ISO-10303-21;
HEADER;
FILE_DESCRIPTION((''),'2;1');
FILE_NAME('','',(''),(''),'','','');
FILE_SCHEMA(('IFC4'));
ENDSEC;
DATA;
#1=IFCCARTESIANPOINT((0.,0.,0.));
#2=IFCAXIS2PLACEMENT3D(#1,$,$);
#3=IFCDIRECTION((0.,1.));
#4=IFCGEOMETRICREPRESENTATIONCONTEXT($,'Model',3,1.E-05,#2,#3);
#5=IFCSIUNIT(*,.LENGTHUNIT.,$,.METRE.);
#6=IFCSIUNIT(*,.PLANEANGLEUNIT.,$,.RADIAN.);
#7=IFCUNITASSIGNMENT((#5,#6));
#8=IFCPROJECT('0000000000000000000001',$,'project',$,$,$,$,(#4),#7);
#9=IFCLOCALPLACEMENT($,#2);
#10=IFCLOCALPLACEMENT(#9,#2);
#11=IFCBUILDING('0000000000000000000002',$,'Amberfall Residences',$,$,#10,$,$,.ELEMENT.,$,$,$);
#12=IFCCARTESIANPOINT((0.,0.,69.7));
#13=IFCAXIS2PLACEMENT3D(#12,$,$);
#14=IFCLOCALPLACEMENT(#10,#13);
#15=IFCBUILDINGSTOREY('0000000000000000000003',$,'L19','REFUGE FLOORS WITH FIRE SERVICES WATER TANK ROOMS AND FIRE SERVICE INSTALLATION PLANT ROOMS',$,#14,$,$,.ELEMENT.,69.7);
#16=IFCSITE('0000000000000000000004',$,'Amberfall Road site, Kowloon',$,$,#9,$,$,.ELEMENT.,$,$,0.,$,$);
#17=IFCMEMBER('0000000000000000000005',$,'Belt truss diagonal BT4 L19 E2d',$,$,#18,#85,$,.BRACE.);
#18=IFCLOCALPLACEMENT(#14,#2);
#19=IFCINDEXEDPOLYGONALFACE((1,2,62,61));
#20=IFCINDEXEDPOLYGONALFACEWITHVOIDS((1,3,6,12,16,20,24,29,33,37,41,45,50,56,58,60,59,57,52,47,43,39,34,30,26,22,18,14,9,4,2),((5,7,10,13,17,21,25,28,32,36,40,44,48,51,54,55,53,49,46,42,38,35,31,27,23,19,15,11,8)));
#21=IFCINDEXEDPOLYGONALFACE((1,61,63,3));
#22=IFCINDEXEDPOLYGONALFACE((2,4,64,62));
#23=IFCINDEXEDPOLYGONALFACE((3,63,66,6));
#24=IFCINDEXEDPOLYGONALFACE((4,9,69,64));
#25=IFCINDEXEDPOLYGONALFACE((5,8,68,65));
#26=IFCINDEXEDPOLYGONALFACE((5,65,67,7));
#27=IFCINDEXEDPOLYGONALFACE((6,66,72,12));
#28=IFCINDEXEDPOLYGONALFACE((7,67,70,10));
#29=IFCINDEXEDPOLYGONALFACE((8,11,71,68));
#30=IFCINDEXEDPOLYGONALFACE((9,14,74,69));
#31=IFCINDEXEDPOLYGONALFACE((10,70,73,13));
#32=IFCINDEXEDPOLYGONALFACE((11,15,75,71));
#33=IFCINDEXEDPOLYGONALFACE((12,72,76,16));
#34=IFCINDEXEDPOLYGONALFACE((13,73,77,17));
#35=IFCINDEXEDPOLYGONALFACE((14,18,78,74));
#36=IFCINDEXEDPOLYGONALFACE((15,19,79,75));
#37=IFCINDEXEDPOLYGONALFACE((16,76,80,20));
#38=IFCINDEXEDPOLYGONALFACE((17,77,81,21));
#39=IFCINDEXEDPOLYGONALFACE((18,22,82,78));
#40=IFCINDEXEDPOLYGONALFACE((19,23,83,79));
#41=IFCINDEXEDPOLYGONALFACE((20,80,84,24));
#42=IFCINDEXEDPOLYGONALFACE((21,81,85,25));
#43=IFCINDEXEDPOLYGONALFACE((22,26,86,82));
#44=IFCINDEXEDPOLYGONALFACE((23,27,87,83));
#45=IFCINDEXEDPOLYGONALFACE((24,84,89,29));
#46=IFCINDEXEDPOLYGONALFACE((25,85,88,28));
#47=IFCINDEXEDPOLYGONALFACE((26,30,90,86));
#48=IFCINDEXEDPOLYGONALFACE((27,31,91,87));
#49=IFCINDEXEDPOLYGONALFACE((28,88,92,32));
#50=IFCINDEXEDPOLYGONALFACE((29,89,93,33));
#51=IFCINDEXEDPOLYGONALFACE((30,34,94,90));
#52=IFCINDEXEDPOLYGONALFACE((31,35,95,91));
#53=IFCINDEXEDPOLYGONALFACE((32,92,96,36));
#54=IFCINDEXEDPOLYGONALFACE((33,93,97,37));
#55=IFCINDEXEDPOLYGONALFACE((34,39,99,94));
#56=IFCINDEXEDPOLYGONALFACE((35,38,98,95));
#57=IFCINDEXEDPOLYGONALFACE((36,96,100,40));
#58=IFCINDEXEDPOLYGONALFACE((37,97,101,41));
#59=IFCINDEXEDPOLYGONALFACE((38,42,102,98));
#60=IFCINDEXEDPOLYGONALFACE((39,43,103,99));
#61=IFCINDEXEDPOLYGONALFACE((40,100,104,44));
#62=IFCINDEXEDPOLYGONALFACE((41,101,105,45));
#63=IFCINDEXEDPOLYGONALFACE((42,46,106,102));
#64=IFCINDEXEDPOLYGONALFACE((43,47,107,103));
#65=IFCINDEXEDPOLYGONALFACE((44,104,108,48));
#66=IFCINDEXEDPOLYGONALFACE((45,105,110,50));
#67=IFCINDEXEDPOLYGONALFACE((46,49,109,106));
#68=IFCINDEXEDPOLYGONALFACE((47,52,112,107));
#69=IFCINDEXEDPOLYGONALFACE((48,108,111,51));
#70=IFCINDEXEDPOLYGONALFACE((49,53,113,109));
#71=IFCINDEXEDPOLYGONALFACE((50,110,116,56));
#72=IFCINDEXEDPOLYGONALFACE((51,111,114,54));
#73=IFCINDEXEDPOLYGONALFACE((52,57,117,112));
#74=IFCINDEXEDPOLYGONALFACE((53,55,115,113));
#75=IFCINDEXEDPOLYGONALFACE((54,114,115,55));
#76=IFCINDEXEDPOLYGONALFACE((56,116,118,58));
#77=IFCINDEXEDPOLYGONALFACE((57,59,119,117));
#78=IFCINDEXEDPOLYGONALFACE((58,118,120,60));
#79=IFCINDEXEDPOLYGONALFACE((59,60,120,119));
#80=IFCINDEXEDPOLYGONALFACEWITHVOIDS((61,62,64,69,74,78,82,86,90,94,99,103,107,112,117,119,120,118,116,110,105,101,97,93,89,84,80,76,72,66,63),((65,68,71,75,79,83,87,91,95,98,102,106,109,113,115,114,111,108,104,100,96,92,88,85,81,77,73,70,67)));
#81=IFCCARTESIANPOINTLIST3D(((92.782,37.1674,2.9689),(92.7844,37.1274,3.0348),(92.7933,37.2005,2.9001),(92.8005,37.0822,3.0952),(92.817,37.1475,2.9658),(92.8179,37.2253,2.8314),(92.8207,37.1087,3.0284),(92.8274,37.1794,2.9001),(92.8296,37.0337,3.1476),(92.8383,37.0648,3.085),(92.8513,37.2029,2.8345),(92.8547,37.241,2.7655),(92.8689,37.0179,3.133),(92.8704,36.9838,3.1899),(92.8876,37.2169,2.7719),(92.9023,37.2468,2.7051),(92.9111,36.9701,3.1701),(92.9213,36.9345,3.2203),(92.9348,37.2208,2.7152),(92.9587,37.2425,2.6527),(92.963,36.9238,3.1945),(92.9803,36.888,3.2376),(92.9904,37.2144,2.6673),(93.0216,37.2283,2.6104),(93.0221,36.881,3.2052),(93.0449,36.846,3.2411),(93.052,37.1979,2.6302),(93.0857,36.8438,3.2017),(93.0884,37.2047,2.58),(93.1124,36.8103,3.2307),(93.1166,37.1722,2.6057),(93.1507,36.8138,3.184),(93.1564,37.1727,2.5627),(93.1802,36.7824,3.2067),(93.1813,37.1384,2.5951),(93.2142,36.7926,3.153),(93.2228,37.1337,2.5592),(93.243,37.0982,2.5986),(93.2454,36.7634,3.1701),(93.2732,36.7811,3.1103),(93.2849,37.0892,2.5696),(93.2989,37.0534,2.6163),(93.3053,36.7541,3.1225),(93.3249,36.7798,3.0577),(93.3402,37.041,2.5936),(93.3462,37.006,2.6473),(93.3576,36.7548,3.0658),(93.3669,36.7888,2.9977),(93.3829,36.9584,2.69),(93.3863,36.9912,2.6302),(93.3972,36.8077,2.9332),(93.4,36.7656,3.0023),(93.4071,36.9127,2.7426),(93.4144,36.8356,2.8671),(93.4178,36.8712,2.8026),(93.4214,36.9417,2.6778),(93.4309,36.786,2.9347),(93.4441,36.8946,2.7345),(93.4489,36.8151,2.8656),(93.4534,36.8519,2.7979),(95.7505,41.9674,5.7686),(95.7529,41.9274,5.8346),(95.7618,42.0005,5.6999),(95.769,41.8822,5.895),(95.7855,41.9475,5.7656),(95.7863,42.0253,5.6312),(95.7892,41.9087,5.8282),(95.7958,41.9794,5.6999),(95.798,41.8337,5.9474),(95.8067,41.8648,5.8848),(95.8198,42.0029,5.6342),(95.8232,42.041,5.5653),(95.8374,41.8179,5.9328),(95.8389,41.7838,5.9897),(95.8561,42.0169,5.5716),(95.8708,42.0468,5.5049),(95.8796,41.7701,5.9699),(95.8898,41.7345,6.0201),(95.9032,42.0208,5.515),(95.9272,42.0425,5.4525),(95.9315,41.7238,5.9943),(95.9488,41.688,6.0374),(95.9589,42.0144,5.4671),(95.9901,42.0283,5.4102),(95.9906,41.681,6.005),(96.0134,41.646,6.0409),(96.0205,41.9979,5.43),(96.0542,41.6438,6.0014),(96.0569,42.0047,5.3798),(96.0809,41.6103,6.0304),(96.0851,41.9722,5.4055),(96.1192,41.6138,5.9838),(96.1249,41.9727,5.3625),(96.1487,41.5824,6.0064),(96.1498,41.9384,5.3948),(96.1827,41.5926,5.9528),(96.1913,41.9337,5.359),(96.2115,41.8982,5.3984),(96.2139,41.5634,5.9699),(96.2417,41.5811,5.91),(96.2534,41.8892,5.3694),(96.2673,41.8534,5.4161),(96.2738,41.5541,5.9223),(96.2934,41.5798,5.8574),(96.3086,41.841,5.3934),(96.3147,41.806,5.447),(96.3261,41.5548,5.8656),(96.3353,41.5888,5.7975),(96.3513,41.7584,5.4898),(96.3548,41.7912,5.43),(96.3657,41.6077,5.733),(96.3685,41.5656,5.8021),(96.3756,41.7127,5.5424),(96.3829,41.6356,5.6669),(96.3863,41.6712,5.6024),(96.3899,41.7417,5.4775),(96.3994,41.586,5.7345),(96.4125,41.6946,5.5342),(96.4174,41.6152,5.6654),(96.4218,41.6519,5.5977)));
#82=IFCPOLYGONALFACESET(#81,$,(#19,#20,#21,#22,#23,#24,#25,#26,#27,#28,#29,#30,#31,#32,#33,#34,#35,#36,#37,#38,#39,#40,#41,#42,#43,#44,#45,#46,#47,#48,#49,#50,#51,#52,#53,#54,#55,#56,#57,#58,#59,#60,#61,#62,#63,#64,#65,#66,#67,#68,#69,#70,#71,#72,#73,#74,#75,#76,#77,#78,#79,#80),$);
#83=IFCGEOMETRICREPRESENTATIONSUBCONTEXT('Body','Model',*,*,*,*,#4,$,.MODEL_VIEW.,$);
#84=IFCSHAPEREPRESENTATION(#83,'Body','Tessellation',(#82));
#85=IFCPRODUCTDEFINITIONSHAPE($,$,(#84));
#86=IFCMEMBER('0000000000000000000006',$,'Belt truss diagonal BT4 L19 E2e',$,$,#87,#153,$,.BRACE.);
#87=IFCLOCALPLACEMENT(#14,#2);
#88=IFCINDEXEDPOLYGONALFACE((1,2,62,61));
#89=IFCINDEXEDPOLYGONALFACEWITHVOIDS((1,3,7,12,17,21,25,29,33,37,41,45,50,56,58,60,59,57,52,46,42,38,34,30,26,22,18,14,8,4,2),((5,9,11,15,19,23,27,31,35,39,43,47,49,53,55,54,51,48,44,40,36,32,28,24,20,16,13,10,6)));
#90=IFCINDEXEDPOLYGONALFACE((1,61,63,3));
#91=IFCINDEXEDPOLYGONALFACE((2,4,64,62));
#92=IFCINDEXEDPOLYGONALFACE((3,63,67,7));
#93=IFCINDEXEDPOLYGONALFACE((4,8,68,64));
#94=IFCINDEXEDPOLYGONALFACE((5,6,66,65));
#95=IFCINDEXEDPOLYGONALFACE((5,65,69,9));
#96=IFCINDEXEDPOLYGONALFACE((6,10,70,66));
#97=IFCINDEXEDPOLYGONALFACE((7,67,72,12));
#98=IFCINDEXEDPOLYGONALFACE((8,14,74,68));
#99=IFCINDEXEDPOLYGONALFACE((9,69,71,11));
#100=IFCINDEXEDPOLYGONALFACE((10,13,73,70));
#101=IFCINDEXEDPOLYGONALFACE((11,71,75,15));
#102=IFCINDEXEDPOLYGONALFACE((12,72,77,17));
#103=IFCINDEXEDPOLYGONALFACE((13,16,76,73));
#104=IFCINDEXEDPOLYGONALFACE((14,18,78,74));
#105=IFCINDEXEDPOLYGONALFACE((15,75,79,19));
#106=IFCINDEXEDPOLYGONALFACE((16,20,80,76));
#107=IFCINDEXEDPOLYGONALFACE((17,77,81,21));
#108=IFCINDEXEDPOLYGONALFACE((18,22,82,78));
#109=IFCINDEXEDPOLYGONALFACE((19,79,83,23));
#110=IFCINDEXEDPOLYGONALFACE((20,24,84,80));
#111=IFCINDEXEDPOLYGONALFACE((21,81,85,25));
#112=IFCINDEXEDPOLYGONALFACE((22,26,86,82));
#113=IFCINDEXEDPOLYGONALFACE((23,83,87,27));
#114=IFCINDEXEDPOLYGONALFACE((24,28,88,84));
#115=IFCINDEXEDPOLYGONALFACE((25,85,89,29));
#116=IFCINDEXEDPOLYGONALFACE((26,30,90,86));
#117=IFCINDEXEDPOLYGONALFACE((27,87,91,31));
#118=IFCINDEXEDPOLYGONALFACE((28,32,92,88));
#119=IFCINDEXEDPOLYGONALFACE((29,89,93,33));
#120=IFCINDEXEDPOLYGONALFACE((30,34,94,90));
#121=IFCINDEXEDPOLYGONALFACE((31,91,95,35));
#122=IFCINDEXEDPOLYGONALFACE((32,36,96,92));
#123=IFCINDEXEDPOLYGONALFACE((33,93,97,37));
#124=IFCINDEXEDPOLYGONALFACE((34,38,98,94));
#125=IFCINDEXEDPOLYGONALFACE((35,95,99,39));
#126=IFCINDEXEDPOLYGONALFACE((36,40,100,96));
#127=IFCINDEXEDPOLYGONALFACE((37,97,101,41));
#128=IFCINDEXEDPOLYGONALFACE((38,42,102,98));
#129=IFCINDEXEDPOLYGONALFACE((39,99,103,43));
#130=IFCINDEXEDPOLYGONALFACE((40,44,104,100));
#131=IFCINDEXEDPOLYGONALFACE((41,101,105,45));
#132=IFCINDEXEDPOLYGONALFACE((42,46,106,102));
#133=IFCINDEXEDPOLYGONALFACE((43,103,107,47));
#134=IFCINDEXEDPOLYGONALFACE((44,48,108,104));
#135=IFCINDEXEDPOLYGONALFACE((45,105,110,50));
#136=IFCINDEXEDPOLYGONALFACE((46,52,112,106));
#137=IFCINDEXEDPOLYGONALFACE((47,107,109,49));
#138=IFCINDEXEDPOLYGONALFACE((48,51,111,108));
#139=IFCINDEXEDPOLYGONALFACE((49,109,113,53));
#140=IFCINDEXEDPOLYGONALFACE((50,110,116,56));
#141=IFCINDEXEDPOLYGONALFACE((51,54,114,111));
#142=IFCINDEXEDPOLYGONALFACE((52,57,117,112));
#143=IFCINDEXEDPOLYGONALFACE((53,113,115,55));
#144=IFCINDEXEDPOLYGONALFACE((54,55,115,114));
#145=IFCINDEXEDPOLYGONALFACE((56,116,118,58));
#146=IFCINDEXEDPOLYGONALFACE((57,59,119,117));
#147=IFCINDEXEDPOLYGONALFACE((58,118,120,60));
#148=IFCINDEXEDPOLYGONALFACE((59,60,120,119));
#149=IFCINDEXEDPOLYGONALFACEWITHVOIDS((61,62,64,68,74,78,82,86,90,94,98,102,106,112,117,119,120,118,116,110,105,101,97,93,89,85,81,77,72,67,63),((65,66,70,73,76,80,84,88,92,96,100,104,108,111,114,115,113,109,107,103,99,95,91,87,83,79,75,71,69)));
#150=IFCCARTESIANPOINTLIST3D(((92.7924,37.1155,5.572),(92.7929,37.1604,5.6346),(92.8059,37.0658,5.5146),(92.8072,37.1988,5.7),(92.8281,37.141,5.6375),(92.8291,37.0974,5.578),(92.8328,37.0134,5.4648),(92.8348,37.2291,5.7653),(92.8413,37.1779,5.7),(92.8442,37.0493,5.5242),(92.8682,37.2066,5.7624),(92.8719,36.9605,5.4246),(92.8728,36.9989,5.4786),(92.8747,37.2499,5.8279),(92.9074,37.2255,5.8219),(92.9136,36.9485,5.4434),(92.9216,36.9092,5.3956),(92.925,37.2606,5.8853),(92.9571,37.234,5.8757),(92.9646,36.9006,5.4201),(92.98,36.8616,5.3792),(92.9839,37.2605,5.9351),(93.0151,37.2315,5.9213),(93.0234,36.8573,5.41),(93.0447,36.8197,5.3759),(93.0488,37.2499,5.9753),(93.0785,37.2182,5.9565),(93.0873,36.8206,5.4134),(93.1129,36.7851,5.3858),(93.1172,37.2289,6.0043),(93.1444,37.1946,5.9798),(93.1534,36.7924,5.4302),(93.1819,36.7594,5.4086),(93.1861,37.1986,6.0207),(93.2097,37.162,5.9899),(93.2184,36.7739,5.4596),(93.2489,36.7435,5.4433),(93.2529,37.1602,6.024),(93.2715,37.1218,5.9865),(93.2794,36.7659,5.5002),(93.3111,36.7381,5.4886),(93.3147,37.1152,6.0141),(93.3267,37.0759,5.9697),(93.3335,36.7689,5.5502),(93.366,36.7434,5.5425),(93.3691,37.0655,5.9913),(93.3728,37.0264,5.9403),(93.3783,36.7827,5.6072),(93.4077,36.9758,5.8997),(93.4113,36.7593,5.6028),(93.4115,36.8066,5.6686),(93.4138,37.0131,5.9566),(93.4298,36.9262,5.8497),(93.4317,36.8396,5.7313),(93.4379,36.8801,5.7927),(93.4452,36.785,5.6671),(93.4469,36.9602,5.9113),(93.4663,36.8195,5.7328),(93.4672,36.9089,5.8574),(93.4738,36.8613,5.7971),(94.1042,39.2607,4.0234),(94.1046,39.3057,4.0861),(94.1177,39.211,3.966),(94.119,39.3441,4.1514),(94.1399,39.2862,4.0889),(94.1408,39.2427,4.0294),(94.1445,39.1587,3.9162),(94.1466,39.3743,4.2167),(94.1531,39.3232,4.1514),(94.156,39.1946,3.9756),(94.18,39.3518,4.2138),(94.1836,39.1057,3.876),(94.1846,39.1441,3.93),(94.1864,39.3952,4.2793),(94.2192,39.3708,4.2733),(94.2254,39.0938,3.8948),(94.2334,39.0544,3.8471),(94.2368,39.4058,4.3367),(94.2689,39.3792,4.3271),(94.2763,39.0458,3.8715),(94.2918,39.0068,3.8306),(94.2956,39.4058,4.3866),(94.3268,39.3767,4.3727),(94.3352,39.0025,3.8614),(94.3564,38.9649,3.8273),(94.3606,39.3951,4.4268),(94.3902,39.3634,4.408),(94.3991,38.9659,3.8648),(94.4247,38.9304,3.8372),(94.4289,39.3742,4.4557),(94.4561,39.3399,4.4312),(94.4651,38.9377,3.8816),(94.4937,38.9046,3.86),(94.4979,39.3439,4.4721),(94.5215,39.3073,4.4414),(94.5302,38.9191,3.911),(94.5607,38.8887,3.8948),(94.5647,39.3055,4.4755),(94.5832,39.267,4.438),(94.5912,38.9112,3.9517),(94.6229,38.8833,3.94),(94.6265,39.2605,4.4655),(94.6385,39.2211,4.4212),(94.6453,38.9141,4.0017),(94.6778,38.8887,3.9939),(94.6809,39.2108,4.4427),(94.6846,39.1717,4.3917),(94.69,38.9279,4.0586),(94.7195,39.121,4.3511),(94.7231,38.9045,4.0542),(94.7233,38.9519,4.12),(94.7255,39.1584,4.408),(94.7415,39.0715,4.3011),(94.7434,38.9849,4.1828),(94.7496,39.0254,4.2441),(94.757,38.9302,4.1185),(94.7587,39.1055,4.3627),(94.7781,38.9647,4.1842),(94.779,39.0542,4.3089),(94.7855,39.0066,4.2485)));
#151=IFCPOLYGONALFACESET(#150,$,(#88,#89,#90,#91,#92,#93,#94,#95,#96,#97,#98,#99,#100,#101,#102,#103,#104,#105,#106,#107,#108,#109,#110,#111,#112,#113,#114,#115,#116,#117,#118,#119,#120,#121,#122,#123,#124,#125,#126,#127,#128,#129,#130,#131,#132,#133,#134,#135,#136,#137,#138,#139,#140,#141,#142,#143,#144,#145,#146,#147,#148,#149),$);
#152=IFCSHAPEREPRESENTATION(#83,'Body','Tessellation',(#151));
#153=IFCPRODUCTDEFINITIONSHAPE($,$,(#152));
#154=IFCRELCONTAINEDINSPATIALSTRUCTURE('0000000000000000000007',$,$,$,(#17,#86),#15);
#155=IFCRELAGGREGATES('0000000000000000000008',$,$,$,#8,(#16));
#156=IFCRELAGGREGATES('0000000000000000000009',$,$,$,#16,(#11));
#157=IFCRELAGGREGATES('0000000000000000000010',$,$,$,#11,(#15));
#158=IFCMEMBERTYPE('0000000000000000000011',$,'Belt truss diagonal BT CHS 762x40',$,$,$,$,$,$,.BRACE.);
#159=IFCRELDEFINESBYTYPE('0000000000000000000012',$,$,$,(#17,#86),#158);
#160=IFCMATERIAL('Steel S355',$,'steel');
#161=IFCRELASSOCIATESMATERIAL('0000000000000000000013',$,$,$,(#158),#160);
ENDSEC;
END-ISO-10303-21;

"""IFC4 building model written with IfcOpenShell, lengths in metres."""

from ifc_helpers import new_model, si_unit, direction, frame, origin, origin_2d, place, context, subcontext, project, spatial, hollow_circle, extrude, material, material_profile, profile_set, type_object, element, save


model = new_model("IFC4")

# Units and contexts
model_context = context("Model", 3, precision=1e-05, world=origin(), true_north=direction((0.0, 1.0)))
body_context = subcontext(model_context, "Body", "Model", "MODEL_VIEW")
ifc_project = project(units=[si_unit("LENGTHUNIT", "METRE"), si_unit("PLANEANGLEUNIT", "RADIAN")], contexts=[model_context])

# Site, building, storey
site_placement = place(None, origin())
site = spatial("IfcSite", under=ifc_project, at=site_placement, Name="Amberfall Road site, Kowloon", CompositionType="ELEMENT", RefElevation=0.0)
building_placement = place(site_placement, origin())
building = spatial("IfcBuilding", under=site, at=building_placement, Name="Amberfall Residences", CompositionType="ELEMENT")
storey_placement = place(building_placement, frame((0.0, 0.0, 69.7)))
storey = spatial("IfcBuildingStorey", under=building, at=storey_placement, Name="L19", Description="REFUGE FLOORS WITH FIRE SERVICES WATER TANK ROOMS AND FIRE SERVICE INSTALLATION PLANT ROOMS", CompositionType="ELEMENT", Elevation=69.7)

# Shared definitions
ifc_material_1 = material(Name="Steel S355", Category="steel")

# Members
ifc_material_profile_1 = material_profile(ifc_material_1, hollow_circle(Radius=0.3811, WallThickness=0.04, at=origin_2d()), Name="CHS 762x40")
ifc_profile_set_1 = profile_set([ifc_material_profile_1], Name="Steel S355")
member_type = type_object("IfcMemberType", Name="Belt truss diagonal BT CHS 762x40", PredefinedType="BRACE", material=ifc_profile_set_1)
member_1_placement = place(storey_placement, frame((93.1174, 37.0, 2.9001), z_axis=(0.471183, 0.761899, 0.444406), x_axis=(-0.850499, 0.525976, 0.0)))
element("IfcMember", 1, at=member_1_placement, inside=storey, type_object=member_type, Name="Belt truss diagonal BT4 L19 E2d", PredefinedType="BRACE", context=body_context, shape_type="SweptSolid", body=[
    extrude(hollow_circle(Radius=0.3811, WallThickness=0.04, at=origin_2d()), origin(), (0.0, 0.0, 1.0), 6.3),
])
member_2_placement = place(storey_placement, frame((93.1323, 37.0, 5.7), z_axis=(0.444195, 0.726436, -0.524387), x_axis=(-0.853145, 0.521674, 0.0)))
element("IfcMember", 2, at=member_2_placement, inside=storey, type_object=member_type, Name="Belt truss diagonal BT4 L19 E2e", PredefinedType="BRACE", context=body_context, shape_type="SweptSolid", body=[
    extrude(hollow_circle(Radius=0.3811, WallThickness=0.04, at=origin_2d()), origin(), (0.0, 0.0, 1.0), 2.9531),
])

save(model, "model.ifc")
